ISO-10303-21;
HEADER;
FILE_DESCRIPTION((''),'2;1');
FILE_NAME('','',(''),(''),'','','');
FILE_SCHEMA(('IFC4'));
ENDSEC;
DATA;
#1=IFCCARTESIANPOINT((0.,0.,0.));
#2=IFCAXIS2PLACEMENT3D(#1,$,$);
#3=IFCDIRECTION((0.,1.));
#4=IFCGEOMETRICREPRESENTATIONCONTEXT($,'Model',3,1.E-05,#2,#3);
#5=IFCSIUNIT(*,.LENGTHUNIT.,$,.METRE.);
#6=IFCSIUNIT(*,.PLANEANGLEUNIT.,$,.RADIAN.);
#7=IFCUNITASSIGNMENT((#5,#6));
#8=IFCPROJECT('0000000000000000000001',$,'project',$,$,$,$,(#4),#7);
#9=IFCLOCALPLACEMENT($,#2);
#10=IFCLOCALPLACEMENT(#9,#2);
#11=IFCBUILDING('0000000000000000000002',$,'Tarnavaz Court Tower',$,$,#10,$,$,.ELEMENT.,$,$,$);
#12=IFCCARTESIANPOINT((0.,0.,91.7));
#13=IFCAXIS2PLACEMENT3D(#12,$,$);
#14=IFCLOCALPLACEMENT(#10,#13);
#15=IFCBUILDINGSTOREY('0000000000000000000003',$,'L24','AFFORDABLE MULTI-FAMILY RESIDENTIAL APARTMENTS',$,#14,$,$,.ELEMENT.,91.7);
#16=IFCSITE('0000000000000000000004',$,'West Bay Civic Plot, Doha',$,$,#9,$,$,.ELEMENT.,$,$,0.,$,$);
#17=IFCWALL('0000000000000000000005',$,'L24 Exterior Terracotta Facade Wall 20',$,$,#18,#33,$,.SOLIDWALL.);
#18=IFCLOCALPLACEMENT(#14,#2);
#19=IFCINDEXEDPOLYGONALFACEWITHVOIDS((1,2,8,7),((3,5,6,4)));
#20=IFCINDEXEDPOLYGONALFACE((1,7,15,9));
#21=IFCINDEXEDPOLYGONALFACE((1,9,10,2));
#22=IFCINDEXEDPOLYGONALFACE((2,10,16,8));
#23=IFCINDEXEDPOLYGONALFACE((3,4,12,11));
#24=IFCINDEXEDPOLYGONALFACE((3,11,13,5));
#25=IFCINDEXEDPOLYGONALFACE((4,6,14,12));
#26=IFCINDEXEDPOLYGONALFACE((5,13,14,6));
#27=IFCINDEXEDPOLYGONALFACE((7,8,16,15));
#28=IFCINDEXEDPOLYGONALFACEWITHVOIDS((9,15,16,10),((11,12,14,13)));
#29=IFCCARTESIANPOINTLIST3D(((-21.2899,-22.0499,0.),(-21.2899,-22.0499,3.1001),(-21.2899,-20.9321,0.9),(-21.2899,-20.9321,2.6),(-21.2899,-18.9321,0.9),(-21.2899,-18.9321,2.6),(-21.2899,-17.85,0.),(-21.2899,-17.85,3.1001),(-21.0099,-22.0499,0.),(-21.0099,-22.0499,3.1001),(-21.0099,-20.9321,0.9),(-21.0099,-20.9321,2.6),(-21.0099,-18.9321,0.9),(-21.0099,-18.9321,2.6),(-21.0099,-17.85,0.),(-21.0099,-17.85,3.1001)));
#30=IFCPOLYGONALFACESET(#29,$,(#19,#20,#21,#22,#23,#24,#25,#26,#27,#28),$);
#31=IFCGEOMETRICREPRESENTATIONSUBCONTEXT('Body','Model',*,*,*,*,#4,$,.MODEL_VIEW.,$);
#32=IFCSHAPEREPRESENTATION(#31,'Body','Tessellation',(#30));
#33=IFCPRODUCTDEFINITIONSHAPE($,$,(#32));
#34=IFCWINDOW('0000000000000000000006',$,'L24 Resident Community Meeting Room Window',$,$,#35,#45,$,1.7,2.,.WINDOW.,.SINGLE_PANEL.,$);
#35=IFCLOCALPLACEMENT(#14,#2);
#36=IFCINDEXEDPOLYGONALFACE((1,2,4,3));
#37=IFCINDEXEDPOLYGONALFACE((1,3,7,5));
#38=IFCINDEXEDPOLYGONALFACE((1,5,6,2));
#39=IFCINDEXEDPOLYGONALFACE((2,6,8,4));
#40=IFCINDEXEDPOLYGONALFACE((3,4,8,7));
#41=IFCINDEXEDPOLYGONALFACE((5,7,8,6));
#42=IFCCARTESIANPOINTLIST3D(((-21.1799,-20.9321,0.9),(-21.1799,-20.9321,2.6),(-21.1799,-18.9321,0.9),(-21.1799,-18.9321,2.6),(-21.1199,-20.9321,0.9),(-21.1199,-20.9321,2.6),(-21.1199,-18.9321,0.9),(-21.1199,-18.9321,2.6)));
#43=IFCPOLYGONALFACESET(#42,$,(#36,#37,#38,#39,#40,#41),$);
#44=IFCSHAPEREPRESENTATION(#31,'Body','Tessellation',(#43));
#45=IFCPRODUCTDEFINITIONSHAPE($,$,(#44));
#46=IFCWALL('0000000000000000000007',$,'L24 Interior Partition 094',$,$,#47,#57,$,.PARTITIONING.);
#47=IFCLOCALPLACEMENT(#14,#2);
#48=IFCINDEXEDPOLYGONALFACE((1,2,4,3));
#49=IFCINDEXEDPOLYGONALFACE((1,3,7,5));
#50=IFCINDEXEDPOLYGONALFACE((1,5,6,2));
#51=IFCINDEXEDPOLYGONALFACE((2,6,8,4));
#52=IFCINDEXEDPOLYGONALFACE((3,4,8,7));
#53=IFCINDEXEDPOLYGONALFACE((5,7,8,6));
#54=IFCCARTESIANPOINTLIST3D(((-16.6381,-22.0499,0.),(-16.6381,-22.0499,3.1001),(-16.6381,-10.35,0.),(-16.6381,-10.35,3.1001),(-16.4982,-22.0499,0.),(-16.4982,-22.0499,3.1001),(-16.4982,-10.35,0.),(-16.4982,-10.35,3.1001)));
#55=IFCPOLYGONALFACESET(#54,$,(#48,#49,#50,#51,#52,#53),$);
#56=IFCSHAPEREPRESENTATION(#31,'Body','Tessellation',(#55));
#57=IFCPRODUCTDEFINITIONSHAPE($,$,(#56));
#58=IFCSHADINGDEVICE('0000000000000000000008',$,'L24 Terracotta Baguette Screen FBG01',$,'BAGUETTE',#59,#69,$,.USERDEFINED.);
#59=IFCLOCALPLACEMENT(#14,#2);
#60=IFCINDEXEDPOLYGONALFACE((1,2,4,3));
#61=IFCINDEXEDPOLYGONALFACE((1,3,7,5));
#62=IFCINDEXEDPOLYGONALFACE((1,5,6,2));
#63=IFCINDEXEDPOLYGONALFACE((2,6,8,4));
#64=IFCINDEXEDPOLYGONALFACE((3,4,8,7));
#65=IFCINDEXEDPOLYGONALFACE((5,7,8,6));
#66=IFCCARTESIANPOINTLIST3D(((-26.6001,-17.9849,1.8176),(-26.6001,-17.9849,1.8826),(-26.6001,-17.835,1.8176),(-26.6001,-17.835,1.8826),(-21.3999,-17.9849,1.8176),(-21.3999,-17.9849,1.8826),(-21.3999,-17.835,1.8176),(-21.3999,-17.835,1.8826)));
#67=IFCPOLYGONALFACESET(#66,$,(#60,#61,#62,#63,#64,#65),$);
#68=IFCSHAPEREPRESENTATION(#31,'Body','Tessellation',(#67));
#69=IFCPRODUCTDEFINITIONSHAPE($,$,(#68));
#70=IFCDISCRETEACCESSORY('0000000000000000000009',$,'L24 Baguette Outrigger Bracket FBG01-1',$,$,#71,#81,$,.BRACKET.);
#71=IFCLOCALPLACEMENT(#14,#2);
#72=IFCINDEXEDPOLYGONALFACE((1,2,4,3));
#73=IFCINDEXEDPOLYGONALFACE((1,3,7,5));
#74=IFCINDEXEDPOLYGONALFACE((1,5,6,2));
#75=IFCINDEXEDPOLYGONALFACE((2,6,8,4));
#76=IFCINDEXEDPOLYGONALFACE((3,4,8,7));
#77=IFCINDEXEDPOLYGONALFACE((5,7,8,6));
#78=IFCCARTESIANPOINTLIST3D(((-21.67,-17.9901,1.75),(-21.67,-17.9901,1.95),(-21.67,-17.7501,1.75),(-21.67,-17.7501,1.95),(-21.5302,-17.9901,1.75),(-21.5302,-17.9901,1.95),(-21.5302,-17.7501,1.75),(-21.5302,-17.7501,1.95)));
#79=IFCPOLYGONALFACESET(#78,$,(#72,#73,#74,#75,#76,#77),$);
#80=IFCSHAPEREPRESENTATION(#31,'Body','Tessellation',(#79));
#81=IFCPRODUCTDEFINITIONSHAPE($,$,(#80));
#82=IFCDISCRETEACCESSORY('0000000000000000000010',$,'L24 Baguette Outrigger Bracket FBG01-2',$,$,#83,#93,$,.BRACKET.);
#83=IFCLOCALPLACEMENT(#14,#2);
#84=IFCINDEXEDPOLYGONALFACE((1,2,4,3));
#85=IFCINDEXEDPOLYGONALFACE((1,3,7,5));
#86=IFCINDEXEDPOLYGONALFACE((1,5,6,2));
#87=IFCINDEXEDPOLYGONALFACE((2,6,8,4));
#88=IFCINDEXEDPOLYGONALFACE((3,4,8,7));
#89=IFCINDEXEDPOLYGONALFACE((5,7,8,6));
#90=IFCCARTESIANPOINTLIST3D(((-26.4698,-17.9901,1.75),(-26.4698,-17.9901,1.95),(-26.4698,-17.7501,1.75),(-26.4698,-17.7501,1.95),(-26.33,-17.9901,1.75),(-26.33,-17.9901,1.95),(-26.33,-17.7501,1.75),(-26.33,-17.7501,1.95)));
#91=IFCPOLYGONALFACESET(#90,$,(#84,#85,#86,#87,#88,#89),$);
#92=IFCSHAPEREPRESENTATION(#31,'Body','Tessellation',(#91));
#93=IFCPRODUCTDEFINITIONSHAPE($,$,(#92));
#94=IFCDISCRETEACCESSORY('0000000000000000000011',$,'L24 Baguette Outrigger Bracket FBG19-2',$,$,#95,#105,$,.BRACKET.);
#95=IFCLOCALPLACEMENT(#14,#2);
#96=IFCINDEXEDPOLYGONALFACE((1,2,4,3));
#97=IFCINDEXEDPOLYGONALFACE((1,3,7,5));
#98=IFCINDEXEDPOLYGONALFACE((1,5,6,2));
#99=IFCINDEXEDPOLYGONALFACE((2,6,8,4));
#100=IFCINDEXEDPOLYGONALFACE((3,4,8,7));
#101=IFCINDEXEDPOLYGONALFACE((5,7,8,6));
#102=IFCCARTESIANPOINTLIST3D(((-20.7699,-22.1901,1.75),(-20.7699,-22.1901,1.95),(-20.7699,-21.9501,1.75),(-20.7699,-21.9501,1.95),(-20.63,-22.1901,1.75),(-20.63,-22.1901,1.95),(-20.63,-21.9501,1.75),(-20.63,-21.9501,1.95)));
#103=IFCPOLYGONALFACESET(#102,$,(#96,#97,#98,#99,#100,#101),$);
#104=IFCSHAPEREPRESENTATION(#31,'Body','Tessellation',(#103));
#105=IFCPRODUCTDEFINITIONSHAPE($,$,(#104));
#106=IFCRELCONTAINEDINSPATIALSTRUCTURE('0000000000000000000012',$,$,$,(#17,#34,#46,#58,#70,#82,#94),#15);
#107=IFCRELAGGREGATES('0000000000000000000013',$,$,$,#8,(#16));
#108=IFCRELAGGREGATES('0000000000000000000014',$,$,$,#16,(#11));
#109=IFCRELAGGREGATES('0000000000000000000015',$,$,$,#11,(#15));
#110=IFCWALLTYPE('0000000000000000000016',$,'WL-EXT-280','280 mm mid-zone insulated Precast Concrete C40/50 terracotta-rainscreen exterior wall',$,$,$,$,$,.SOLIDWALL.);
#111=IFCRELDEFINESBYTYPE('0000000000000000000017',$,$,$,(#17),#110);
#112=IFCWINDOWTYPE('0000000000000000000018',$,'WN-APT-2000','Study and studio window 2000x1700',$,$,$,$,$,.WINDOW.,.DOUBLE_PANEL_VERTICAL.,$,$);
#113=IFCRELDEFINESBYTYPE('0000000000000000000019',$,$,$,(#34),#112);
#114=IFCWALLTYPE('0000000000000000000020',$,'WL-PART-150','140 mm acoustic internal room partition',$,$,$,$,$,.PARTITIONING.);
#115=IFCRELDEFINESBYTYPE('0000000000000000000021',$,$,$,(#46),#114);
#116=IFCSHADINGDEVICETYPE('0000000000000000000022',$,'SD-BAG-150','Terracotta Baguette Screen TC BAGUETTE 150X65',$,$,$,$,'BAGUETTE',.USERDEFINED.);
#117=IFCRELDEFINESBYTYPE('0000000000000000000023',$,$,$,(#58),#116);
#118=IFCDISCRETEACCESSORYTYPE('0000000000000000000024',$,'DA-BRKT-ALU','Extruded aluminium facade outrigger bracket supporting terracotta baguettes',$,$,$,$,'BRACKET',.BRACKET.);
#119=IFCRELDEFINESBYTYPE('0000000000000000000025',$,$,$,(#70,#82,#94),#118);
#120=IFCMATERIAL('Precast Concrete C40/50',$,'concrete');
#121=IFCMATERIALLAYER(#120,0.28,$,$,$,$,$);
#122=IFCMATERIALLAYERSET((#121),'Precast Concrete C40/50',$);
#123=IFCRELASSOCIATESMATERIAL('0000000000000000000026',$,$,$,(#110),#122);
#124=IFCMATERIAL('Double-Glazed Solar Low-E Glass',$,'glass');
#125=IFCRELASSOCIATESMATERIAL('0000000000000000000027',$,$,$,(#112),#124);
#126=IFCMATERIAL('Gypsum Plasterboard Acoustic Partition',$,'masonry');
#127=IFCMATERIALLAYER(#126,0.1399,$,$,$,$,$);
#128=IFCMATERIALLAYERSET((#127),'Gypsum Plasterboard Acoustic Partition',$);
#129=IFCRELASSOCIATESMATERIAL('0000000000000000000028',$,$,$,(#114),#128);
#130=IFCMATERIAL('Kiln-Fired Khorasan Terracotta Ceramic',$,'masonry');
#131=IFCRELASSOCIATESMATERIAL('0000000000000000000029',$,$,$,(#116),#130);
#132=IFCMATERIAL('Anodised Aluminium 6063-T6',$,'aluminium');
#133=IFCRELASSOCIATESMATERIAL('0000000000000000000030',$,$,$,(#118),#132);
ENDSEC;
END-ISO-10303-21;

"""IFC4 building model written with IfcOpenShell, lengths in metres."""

from ifc_helpers import new_model, si_unit, direction, frame, frame_2d, origin, origin_2d, place, context, subcontext, project, spatial, rectangle, extrude, material, layer, layer_set, material_profile, profile_set, type_object, element, fill, save


model = new_model("IFC4")

# Units and contexts
model_context = context("Model", 3, precision=1e-05, world=origin(), true_north=direction((0.0, 1.0)))
body_context = subcontext(model_context, "Body", "Model", "MODEL_VIEW")
ifc_project = project(units=[si_unit("LENGTHUNIT", "METRE"), si_unit("PLANEANGLEUNIT", "RADIAN")], contexts=[model_context])

# Site, building, storey
site_placement = place(None, origin())
site = spatial("IfcSite", under=ifc_project, at=site_placement, Name="West Bay Civic Plot, Doha", CompositionType="ELEMENT", RefElevation=0.0)
building_placement = place(site_placement, origin())
building = spatial("IfcBuilding", under=site, at=building_placement, Name="Tarnavaz Court Tower", CompositionType="ELEMENT")
storey_placement = place(building_placement, frame((0.0, 0.0, 91.7)))
storey = spatial("IfcBuildingStorey", under=building, at=storey_placement, Name="L24", Description="AFFORDABLE MULTI-FAMILY RESIDENTIAL APARTMENTS", CompositionType="ELEMENT", Elevation=91.7)

# Shared definitions
ifc_material_1 = material(Name="Precast Concrete C40/50", Category="concrete")
ifc_layer_1 = layer(ifc_material_1, 0.28)
ifc_layer_set_1 = layer_set([ifc_layer_1], Name="Precast Concrete C40/50")
wall_type_1 = type_object("IfcWallType", Name="WL-EXT-280", Description="280 mm mid-zone insulated Precast Concrete C40/50 terracotta-rainscreen exterior wall", PredefinedType="SOLIDWALL", material=ifc_layer_set_1)
ifc_material_2 = material(Name="Double-Glazed Solar Low-E Glass", Category="glass")

# Shared definitions
window_type_1 = type_object("IfcWindowType", Name="WN-APT-2000", Description="Study and studio window 2000x1700", PartitioningType="DOUBLE_PANEL_VERTICAL", PredefinedType="WINDOW", material=ifc_material_2)

# Wall, opening, window
wall_1_placement = place(storey_placement, frame((-21.1499, -22.05, 0.0), z_axis=(0.0, 0.0, 1.0), x_axis=(0.0, 1.0, 0.0)))
wall_1 = element("IfcWall", 1, at=wall_1_placement, inside=storey, type_object=wall_type_1, Name="L24 Exterior Terracotta Facade Wall 20", PredefinedType="SOLIDWALL", context=body_context, shape_type="SweptSolid", body=[
    extrude(rectangle(XDim=4.2, YDim=0.28, at=frame_2d((2.1001, 0.0))), origin(), (0.0, 0.0, 1.0), 3.1001),
])
opening_1_placement = place(wall_1_placement, frame((1.1179, 0.0, 0.8999)))
opening_1 = element("IfcOpeningElement", 2, at=opening_1_placement, cuts=wall_1, PredefinedType="OPENING", context=body_context, shape_type="SweptSolid", body=[
    extrude(rectangle(XDim=2.0, YDim=1.7, at=frame_2d((1.0, 0.8501))), frame((0.0, 0.1499, 0.0), z_axis=(0.0, -1.0, 0.0), x_axis=(1.0, 0.0, 0.0)), (0.0, 0.0, 1.0), 0.3),
])
window_1_placement = place(opening_1_placement, origin())
window_1 = element("IfcWindow", 3, at=window_1_placement, inside=storey, type_object=window_type_1, Name="L24 Resident Community Meeting Room Window", OverallHeight=1.7, OverallWidth=2.0, PartitioningType="SINGLE_PANEL", PredefinedType="WINDOW", context=body_context, shape_type="SweptSolid", body=[
    extrude(rectangle(XDim=2.0, YDim=1.7, at=frame_2d((1.0, 0.8501))), frame((0.0, 0.03, 0.0), z_axis=(0.0, -1.0, 0.0), x_axis=(1.0, 0.0, 0.0)), (0.0, 0.0, 1.0), 0.0601),
])
fill(opening_1, window_1)

# Wall
ifc_material_3 = material(Name="Gypsum Plasterboard Acoustic Partition", Category="masonry")
ifc_layer_2 = layer(ifc_material_3, 0.1399)
ifc_layer_set_2 = layer_set([ifc_layer_2], Name="Gypsum Plasterboard Acoustic Partition")
wall_type_2 = type_object("IfcWallType", Name="WL-PART-150", Description="140 mm acoustic internal room partition", PredefinedType="PARTITIONING", material=ifc_layer_set_2)
wall_2_placement = place(storey_placement, frame((-16.5681, -22.05, 0.0), z_axis=(0.0, 0.0, 1.0), x_axis=(0.0, 1.0, 0.0)))
element("IfcWall", 4, at=wall_2_placement, inside=storey, type_object=wall_type_2, Name="L24 Interior Partition 094", PredefinedType="PARTITIONING", context=body_context, shape_type="SweptSolid", body=[
    extrude(rectangle(XDim=11.7, YDim=0.1399, at=frame_2d((5.8501, 0.0))), origin(), (0.0, 0.0, 1.0), 3.1001),
])

# Shading device
ifc_material_4 = material(Name="Kiln-Fired Khorasan Terracotta Ceramic", Category="masonry")
ifc_material_profile_1 = material_profile(ifc_material_4, rectangle(XDim=0.1499, YDim=0.0649, at=origin_2d()), Name="TC BAGUETTE 150X65")
ifc_profile_set_1 = profile_set([ifc_material_profile_1], Name="Kiln-Fired Khorasan Terracotta Ceramic")
shading_device_type = type_object("IfcShadingDeviceType", Name="SD-BAG-150", Description="Terracotta Baguette Screen TC BAGUETTE 150X65", ElementType="BAGUETTE", PredefinedType="USERDEFINED", material=ifc_profile_set_1)
shading_device_placement = place(storey_placement, frame((-21.3999, -17.9099, 1.8501), z_axis=(-1.0, 0.0, 0.0), x_axis=(0.0, -1.0, 0.0)))
element("IfcShadingDevice", 5, at=shading_device_placement, inside=storey, type_object=shading_device_type, Name="L24 Terracotta Baguette Screen FBG01", ObjectType="BAGUETTE", PredefinedType="USERDEFINED", context=body_context, shape_type="SweptSolid", body=[
    extrude(rectangle(XDim=0.1499, YDim=0.0649, at=origin_2d()), origin(), (0.0, 0.0, 1.0), 5.2002),
])

# Discrete accessories
ifc_material_5 = material(Name="Anodised Aluminium 6063-T6", Category="aluminium")
discrete_accessory_type = type_object("IfcDiscreteAccessoryType", Name="DA-BRKT-ALU", Description="Extruded aluminium facade outrigger bracket supporting terracotta baguettes", ElementType="BRACKET", PredefinedType="BRACKET", material=ifc_material_5)
for number, where, z_axis, x_axis, name in (
    (6, (-21.6001, -17.8701, 1.75), (0.0, 0.0, 1.0), (-1.0, 0.0, 0.0), "L24 Baguette Outrigger Bracket FBG01-1"),
    (7, (-26.3999, -17.8701, 1.75), (0.0, 0.0, 1.0), (-1.0, 0.0, 0.0), "L24 Baguette Outrigger Bracket FBG01-2"),
    (8, (-20.7, -22.0701, 1.75), (0.0, 0.0, 1.0), (-1.0, 0.0, 0.0), "L24 Baguette Outrigger Bracket FBG19-2"),
):
    element("IfcDiscreteAccessory", number, at=place(storey_placement, frame(where, z_axis=z_axis, x_axis=x_axis)), inside=storey, type_object=discrete_accessory_type, Name=name, PredefinedType="BRACKET", context=body_context, shape_type="SweptSolid", body=[
        extrude(rectangle(XDim=0.1399, YDim=0.24, at=origin_2d()), origin(), (0.0, 0.0, 1.0), 0.2),
    ])

save(model, "model.ifc")
